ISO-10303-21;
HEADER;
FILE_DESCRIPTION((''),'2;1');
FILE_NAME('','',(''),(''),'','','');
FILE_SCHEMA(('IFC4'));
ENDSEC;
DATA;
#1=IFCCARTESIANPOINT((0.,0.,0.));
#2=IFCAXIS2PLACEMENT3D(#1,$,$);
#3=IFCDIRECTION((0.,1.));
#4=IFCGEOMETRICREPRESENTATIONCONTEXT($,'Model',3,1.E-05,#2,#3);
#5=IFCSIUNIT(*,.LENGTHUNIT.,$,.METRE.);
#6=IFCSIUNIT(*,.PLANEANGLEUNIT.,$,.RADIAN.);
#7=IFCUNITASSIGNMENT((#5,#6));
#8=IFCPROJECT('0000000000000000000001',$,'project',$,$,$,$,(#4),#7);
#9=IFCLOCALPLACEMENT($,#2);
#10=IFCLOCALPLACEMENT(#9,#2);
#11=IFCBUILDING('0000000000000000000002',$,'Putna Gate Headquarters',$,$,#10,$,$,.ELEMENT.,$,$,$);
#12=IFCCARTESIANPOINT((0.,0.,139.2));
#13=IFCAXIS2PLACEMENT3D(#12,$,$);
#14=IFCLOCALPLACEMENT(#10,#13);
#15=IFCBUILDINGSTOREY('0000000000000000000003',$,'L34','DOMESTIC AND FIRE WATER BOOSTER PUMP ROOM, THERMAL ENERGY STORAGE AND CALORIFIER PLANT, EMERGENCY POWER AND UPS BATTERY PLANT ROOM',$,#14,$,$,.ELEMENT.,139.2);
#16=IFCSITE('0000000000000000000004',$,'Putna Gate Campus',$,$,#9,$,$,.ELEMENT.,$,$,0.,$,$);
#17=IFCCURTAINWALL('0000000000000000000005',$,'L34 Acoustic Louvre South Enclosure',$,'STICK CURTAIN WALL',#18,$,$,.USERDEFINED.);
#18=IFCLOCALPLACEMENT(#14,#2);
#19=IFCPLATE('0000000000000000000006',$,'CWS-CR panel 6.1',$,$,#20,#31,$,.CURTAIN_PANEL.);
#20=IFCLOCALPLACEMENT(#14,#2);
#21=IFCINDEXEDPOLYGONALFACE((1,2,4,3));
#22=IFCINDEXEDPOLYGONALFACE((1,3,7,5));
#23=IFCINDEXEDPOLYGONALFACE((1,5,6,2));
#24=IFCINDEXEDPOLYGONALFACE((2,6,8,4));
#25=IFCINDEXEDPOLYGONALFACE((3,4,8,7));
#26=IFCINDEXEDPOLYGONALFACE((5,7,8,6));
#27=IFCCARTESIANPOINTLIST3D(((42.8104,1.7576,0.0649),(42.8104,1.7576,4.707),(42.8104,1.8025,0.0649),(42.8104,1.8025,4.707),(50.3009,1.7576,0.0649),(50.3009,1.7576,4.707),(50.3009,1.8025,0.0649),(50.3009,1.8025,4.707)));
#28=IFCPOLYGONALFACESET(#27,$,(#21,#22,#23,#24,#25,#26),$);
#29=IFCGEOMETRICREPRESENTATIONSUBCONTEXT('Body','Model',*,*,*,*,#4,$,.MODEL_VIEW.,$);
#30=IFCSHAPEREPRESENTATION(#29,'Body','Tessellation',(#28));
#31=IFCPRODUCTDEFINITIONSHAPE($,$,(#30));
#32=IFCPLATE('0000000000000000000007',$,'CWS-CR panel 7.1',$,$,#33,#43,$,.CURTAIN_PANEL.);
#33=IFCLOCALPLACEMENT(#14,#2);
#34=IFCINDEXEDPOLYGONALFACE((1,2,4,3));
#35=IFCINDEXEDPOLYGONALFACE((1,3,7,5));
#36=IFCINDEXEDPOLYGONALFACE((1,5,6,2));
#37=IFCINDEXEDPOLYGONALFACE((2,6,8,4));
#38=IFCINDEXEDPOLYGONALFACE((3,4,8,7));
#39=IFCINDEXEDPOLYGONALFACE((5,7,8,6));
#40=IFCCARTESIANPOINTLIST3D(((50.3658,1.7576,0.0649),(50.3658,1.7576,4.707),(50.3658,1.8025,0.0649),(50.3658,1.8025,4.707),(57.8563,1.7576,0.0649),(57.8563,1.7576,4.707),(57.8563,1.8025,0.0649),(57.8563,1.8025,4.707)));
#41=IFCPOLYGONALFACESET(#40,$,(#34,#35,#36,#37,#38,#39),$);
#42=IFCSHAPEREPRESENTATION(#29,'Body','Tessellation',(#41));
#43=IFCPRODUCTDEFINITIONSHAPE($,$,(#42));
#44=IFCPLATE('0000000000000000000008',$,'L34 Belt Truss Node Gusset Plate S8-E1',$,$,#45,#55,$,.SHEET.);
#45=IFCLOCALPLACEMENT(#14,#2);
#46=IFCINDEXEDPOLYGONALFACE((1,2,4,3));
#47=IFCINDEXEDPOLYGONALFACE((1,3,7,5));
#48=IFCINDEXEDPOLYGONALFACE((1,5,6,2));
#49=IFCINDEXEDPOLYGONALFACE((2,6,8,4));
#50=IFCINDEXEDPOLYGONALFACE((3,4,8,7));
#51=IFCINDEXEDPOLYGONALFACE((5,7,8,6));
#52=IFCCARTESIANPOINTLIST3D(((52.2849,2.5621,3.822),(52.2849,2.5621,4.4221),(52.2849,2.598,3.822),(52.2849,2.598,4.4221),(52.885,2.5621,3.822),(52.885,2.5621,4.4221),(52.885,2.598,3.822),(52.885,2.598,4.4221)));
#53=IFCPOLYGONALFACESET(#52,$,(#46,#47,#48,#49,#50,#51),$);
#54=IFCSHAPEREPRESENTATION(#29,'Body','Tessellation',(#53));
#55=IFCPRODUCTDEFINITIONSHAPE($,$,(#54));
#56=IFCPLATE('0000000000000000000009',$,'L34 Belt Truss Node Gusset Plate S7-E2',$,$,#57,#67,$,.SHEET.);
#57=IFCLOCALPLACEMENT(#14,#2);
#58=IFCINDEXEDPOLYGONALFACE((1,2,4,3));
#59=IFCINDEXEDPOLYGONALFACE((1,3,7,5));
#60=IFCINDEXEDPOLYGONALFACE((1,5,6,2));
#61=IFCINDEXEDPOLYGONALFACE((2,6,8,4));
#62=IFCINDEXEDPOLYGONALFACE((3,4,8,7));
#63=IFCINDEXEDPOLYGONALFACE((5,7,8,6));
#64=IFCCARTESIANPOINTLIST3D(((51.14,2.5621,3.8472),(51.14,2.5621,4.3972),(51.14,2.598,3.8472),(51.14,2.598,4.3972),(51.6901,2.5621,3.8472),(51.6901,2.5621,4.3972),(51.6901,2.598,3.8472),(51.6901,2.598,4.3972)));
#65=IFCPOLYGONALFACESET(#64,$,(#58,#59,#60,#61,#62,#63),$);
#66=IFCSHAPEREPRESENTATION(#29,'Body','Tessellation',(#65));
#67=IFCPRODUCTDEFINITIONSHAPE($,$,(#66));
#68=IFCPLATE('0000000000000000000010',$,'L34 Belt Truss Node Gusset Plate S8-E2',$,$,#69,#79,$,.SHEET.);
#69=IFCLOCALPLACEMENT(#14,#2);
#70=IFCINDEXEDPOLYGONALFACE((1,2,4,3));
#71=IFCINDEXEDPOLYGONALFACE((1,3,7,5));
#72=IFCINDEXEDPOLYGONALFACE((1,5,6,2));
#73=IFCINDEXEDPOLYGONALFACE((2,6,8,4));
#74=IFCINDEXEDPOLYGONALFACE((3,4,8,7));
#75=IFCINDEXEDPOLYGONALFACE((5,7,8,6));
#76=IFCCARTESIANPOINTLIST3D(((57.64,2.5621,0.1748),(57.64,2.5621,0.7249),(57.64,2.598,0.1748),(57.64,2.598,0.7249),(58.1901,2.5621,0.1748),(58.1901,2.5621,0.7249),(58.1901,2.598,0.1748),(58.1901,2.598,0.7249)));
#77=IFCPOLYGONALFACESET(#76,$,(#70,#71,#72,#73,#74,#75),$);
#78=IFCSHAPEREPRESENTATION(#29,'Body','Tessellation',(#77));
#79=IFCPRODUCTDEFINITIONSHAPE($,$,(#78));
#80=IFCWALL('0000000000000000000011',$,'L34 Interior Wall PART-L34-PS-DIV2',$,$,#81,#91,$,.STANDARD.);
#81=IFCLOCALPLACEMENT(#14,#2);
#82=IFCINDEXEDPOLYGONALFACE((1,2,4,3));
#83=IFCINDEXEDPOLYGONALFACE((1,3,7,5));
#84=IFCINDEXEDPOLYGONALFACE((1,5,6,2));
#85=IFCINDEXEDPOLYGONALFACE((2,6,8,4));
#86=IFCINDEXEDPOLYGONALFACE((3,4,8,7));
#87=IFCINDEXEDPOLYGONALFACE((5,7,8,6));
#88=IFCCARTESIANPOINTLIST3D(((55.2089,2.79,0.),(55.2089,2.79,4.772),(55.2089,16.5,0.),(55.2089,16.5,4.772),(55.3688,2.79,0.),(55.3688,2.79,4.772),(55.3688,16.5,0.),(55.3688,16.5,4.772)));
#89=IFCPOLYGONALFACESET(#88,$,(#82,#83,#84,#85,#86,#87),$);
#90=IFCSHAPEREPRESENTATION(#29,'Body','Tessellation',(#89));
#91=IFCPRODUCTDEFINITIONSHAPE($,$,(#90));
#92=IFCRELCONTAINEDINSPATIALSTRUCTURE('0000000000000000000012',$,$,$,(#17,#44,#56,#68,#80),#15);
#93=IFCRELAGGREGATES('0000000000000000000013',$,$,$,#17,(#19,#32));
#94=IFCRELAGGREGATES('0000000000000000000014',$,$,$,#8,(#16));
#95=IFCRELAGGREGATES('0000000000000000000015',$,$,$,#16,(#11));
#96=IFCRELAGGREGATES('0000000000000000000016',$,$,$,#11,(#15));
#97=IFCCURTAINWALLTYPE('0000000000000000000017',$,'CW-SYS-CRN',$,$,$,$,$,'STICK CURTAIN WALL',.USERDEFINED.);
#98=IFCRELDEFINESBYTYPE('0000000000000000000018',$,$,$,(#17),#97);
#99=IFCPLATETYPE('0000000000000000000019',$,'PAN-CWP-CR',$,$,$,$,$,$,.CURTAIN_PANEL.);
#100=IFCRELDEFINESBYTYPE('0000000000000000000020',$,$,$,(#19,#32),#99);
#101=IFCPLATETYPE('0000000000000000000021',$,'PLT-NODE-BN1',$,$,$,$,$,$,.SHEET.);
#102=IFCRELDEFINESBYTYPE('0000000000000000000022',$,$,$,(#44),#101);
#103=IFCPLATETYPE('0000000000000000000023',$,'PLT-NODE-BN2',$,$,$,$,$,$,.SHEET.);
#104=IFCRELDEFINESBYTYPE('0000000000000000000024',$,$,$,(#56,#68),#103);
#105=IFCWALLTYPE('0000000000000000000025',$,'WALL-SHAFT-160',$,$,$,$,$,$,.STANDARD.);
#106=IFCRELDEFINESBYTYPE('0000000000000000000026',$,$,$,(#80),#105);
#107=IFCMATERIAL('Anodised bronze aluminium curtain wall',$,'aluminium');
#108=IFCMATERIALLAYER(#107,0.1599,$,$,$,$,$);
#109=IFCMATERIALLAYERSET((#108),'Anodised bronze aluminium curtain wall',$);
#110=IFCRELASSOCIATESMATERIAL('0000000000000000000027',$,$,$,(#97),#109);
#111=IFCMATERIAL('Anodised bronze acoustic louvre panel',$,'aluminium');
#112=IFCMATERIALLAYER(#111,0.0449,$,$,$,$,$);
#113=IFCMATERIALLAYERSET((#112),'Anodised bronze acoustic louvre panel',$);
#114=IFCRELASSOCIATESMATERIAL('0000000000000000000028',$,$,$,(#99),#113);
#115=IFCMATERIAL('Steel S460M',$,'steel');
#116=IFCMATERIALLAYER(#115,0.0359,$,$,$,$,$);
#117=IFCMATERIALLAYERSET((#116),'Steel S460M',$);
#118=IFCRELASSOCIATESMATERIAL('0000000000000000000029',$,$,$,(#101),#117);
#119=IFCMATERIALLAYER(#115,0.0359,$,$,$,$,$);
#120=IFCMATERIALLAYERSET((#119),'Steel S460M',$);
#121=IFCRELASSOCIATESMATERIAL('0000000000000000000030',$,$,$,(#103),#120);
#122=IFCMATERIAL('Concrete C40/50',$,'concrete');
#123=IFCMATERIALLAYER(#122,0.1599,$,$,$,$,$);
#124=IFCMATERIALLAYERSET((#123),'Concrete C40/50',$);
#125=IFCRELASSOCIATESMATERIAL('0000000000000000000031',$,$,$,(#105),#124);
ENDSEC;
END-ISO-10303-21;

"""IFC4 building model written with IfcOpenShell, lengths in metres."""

from ifc_helpers import new_model, si_unit, direction, frame, frame_2d, origin, origin_2d, place, context, subcontext, project, spatial, rectangle, extrude, material, layer, layer_set, type_object, element, aggregate, save


model = new_model("IFC4")

# Units and contexts
model_context = context("Model", 3, precision=1e-05, world=origin(), true_north=direction((0.0, 1.0)))
body_context = subcontext(model_context, "Body", "Model", "MODEL_VIEW")
ifc_project = project(units=[si_unit("LENGTHUNIT", "METRE"), si_unit("PLANEANGLEUNIT", "RADIAN")], contexts=[model_context])

# Site, building, storey
site_placement = place(None, origin())
site = spatial("IfcSite", under=ifc_project, at=site_placement, Name="Putna Gate Campus", CompositionType="ELEMENT", RefElevation=0.0)
building_placement = place(site_placement, origin())
building = spatial("IfcBuilding", under=site, at=building_placement, Name="Putna Gate Headquarters", CompositionType="ELEMENT")
storey_placement = place(building_placement, frame((0.0, 0.0, 139.2)))
storey = spatial("IfcBuildingStorey", under=building, at=storey_placement, Name="L34", Description="DOMESTIC AND FIRE WATER BOOSTER PUMP ROOM, THERMAL ENERGY STORAGE AND CALORIFIER PLANT, EMERGENCY POWER AND UPS BATTERY PLANT ROOM", CompositionType="ELEMENT", Elevation=139.2)

# Shared definitions
ifc_material_1 = material(Name="Steel S460M", Category="steel")

# Curtain wall, plates
ifc_material_2 = material(Name="Anodised bronze aluminium curtain wall", Category="aluminium")
ifc_layer_1 = layer(ifc_material_2, 0.1599)
ifc_layer_set_1 = layer_set([ifc_layer_1], Name="Anodised bronze aluminium curtain wall")
curtain_wall_type = type_object("IfcCurtainWallType", Name="CW-SYS-CRN", ElementType="STICK CURTAIN WALL", PredefinedType="USERDEFINED", material=ifc_layer_set_1)
curtain_wall_placement = place(storey_placement, origin())
curtain_wall = element("IfcCurtainWall", 1, at=curtain_wall_placement, inside=storey, type_object=curtain_wall_type, Name="L34 Acoustic Louvre South Enclosure", ObjectType="STICK CURTAIN WALL", PredefinedType="USERDEFINED")
ifc_material_3 = material(Name="Anodised bronze acoustic louvre panel", Category="aluminium")
ifc_layer_2 = layer(ifc_material_3, 0.0449)
ifc_layer_set_2 = layer_set([ifc_layer_2], Name="Anodised bronze acoustic louvre panel")
plate_type_1 = type_object("IfcPlateType", Name="PAN-CWP-CR", PredefinedType="CURTAIN_PANEL", material=ifc_layer_set_2)
plate_1_placement = place(storey_placement, frame((46.5557, 1.78, 0.0649), z_axis=(0.0, 0.0, 1.0), x_axis=(1.0, 0.0, 0.0)))
plate_1 = element("IfcPlate", 2, at=plate_1_placement, type_object=plate_type_1, Name="CWS-CR panel 6.1", PredefinedType="CURTAIN_PANEL", context=body_context, shape_type="SweptSolid", body=[
    extrude(rectangle(XDim=7.4905, YDim=0.0449, at=origin_2d()), origin(), (0.0, 0.0, 1.0), 4.6421),
])
plate_2_placement = place(storey_placement, frame((54.1111, 1.78, 0.0649), z_axis=(0.0, 0.0, 1.0), x_axis=(1.0, 0.0, 0.0)))
plate_2 = element("IfcPlate", 3, at=plate_2_placement, type_object=plate_type_1, Name="CWS-CR panel 7.1", PredefinedType="CURTAIN_PANEL", context=body_context, shape_type="SweptSolid", body=[
    extrude(rectangle(XDim=7.4905, YDim=0.0449, at=origin_2d()), origin(), (0.0, 0.0, 1.0), 4.6421),
])
aggregate(curtain_wall, [plate_1, plate_2])

# Plates
ifc_layer_3 = layer(ifc_material_1, 0.0359)
ifc_layer_set_3 = layer_set([ifc_layer_3], Name="Steel S460M")
plate_type_2 = type_object("IfcPlateType", Name="PLT-NODE-BN1", PredefinedType="SHEET", material=ifc_layer_set_3)
plate_3_placement = place(storey_placement, frame((52.585, 2.5801, 3.822), z_axis=(0.0, 0.0, 1.0), x_axis=(1.0, 0.0, 0.0)))
element("IfcPlate", 4, at=plate_3_placement, inside=storey, type_object=plate_type_2, Name="L34 Belt Truss Node Gusset Plate S8-E1", PredefinedType="SHEET", context=body_context, shape_type="SweptSolid", body=[
    extrude(rectangle(XDim=0.6001, YDim=0.0359, at=origin_2d()), origin(), (0.0, 0.0, 1.0), 0.6001),
])
ifc_layer_4 = layer(ifc_material_1, 0.0359)
ifc_layer_set_4 = layer_set([ifc_layer_4], Name="Steel S460M")
plate_type_3 = type_object("IfcPlateType", Name="PLT-NODE-BN2", PredefinedType="SHEET", material=ifc_layer_set_4)
for number, where, z_axis, x_axis, name in (
    (5, (51.415, 2.5801, 3.8472), (0.0, 0.0, 1.0), (1.0, 0.0, 0.0), "L34 Belt Truss Node Gusset Plate S7-E2"),
    (6, (57.915, 2.5801, 0.1748), (0.0, 0.0, 1.0), (1.0, 0.0, 0.0), "L34 Belt Truss Node Gusset Plate S8-E2"),
):
    element("IfcPlate", number, at=place(storey_placement, frame(where, z_axis=z_axis, x_axis=x_axis)), inside=storey, type_object=plate_type_3, Name=name, PredefinedType="SHEET", context=body_context, shape_type="SweptSolid", body=[
        extrude(rectangle(XDim=0.55, YDim=0.0359, at=origin_2d()), origin(), (0.0, 0.0, 1.0), 0.55),
    ])

# Wall
ifc_material_4 = material(Name="Concrete C40/50", Category="concrete")
ifc_layer_5 = layer(ifc_material_4, 0.1599)
ifc_layer_set_5 = layer_set([ifc_layer_5], Name="Concrete C40/50")
wall_type = type_object("IfcWallType", Name="WALL-SHAFT-160", PredefinedType="STANDARD", material=ifc_layer_set_5)
wall_placement = place(storey_placement, frame((55.2888, 2.79, 0.0), z_axis=(0.0, 0.0, 1.0), x_axis=(0.0, 1.0, 0.0)))
element("IfcWall", 7, at=wall_placement, inside=storey, type_object=wall_type, Name="L34 Interior Wall PART-L34-PS-DIV2", PredefinedType="STANDARD", context=body_context, shape_type="SweptSolid", body=[
    extrude(rectangle(XDim=13.71, YDim=0.1599, at=frame_2d((6.855, 0.0))), origin(), (0.0, 0.0, 1.0), 4.772),
])

save(model, "model.ifc")
